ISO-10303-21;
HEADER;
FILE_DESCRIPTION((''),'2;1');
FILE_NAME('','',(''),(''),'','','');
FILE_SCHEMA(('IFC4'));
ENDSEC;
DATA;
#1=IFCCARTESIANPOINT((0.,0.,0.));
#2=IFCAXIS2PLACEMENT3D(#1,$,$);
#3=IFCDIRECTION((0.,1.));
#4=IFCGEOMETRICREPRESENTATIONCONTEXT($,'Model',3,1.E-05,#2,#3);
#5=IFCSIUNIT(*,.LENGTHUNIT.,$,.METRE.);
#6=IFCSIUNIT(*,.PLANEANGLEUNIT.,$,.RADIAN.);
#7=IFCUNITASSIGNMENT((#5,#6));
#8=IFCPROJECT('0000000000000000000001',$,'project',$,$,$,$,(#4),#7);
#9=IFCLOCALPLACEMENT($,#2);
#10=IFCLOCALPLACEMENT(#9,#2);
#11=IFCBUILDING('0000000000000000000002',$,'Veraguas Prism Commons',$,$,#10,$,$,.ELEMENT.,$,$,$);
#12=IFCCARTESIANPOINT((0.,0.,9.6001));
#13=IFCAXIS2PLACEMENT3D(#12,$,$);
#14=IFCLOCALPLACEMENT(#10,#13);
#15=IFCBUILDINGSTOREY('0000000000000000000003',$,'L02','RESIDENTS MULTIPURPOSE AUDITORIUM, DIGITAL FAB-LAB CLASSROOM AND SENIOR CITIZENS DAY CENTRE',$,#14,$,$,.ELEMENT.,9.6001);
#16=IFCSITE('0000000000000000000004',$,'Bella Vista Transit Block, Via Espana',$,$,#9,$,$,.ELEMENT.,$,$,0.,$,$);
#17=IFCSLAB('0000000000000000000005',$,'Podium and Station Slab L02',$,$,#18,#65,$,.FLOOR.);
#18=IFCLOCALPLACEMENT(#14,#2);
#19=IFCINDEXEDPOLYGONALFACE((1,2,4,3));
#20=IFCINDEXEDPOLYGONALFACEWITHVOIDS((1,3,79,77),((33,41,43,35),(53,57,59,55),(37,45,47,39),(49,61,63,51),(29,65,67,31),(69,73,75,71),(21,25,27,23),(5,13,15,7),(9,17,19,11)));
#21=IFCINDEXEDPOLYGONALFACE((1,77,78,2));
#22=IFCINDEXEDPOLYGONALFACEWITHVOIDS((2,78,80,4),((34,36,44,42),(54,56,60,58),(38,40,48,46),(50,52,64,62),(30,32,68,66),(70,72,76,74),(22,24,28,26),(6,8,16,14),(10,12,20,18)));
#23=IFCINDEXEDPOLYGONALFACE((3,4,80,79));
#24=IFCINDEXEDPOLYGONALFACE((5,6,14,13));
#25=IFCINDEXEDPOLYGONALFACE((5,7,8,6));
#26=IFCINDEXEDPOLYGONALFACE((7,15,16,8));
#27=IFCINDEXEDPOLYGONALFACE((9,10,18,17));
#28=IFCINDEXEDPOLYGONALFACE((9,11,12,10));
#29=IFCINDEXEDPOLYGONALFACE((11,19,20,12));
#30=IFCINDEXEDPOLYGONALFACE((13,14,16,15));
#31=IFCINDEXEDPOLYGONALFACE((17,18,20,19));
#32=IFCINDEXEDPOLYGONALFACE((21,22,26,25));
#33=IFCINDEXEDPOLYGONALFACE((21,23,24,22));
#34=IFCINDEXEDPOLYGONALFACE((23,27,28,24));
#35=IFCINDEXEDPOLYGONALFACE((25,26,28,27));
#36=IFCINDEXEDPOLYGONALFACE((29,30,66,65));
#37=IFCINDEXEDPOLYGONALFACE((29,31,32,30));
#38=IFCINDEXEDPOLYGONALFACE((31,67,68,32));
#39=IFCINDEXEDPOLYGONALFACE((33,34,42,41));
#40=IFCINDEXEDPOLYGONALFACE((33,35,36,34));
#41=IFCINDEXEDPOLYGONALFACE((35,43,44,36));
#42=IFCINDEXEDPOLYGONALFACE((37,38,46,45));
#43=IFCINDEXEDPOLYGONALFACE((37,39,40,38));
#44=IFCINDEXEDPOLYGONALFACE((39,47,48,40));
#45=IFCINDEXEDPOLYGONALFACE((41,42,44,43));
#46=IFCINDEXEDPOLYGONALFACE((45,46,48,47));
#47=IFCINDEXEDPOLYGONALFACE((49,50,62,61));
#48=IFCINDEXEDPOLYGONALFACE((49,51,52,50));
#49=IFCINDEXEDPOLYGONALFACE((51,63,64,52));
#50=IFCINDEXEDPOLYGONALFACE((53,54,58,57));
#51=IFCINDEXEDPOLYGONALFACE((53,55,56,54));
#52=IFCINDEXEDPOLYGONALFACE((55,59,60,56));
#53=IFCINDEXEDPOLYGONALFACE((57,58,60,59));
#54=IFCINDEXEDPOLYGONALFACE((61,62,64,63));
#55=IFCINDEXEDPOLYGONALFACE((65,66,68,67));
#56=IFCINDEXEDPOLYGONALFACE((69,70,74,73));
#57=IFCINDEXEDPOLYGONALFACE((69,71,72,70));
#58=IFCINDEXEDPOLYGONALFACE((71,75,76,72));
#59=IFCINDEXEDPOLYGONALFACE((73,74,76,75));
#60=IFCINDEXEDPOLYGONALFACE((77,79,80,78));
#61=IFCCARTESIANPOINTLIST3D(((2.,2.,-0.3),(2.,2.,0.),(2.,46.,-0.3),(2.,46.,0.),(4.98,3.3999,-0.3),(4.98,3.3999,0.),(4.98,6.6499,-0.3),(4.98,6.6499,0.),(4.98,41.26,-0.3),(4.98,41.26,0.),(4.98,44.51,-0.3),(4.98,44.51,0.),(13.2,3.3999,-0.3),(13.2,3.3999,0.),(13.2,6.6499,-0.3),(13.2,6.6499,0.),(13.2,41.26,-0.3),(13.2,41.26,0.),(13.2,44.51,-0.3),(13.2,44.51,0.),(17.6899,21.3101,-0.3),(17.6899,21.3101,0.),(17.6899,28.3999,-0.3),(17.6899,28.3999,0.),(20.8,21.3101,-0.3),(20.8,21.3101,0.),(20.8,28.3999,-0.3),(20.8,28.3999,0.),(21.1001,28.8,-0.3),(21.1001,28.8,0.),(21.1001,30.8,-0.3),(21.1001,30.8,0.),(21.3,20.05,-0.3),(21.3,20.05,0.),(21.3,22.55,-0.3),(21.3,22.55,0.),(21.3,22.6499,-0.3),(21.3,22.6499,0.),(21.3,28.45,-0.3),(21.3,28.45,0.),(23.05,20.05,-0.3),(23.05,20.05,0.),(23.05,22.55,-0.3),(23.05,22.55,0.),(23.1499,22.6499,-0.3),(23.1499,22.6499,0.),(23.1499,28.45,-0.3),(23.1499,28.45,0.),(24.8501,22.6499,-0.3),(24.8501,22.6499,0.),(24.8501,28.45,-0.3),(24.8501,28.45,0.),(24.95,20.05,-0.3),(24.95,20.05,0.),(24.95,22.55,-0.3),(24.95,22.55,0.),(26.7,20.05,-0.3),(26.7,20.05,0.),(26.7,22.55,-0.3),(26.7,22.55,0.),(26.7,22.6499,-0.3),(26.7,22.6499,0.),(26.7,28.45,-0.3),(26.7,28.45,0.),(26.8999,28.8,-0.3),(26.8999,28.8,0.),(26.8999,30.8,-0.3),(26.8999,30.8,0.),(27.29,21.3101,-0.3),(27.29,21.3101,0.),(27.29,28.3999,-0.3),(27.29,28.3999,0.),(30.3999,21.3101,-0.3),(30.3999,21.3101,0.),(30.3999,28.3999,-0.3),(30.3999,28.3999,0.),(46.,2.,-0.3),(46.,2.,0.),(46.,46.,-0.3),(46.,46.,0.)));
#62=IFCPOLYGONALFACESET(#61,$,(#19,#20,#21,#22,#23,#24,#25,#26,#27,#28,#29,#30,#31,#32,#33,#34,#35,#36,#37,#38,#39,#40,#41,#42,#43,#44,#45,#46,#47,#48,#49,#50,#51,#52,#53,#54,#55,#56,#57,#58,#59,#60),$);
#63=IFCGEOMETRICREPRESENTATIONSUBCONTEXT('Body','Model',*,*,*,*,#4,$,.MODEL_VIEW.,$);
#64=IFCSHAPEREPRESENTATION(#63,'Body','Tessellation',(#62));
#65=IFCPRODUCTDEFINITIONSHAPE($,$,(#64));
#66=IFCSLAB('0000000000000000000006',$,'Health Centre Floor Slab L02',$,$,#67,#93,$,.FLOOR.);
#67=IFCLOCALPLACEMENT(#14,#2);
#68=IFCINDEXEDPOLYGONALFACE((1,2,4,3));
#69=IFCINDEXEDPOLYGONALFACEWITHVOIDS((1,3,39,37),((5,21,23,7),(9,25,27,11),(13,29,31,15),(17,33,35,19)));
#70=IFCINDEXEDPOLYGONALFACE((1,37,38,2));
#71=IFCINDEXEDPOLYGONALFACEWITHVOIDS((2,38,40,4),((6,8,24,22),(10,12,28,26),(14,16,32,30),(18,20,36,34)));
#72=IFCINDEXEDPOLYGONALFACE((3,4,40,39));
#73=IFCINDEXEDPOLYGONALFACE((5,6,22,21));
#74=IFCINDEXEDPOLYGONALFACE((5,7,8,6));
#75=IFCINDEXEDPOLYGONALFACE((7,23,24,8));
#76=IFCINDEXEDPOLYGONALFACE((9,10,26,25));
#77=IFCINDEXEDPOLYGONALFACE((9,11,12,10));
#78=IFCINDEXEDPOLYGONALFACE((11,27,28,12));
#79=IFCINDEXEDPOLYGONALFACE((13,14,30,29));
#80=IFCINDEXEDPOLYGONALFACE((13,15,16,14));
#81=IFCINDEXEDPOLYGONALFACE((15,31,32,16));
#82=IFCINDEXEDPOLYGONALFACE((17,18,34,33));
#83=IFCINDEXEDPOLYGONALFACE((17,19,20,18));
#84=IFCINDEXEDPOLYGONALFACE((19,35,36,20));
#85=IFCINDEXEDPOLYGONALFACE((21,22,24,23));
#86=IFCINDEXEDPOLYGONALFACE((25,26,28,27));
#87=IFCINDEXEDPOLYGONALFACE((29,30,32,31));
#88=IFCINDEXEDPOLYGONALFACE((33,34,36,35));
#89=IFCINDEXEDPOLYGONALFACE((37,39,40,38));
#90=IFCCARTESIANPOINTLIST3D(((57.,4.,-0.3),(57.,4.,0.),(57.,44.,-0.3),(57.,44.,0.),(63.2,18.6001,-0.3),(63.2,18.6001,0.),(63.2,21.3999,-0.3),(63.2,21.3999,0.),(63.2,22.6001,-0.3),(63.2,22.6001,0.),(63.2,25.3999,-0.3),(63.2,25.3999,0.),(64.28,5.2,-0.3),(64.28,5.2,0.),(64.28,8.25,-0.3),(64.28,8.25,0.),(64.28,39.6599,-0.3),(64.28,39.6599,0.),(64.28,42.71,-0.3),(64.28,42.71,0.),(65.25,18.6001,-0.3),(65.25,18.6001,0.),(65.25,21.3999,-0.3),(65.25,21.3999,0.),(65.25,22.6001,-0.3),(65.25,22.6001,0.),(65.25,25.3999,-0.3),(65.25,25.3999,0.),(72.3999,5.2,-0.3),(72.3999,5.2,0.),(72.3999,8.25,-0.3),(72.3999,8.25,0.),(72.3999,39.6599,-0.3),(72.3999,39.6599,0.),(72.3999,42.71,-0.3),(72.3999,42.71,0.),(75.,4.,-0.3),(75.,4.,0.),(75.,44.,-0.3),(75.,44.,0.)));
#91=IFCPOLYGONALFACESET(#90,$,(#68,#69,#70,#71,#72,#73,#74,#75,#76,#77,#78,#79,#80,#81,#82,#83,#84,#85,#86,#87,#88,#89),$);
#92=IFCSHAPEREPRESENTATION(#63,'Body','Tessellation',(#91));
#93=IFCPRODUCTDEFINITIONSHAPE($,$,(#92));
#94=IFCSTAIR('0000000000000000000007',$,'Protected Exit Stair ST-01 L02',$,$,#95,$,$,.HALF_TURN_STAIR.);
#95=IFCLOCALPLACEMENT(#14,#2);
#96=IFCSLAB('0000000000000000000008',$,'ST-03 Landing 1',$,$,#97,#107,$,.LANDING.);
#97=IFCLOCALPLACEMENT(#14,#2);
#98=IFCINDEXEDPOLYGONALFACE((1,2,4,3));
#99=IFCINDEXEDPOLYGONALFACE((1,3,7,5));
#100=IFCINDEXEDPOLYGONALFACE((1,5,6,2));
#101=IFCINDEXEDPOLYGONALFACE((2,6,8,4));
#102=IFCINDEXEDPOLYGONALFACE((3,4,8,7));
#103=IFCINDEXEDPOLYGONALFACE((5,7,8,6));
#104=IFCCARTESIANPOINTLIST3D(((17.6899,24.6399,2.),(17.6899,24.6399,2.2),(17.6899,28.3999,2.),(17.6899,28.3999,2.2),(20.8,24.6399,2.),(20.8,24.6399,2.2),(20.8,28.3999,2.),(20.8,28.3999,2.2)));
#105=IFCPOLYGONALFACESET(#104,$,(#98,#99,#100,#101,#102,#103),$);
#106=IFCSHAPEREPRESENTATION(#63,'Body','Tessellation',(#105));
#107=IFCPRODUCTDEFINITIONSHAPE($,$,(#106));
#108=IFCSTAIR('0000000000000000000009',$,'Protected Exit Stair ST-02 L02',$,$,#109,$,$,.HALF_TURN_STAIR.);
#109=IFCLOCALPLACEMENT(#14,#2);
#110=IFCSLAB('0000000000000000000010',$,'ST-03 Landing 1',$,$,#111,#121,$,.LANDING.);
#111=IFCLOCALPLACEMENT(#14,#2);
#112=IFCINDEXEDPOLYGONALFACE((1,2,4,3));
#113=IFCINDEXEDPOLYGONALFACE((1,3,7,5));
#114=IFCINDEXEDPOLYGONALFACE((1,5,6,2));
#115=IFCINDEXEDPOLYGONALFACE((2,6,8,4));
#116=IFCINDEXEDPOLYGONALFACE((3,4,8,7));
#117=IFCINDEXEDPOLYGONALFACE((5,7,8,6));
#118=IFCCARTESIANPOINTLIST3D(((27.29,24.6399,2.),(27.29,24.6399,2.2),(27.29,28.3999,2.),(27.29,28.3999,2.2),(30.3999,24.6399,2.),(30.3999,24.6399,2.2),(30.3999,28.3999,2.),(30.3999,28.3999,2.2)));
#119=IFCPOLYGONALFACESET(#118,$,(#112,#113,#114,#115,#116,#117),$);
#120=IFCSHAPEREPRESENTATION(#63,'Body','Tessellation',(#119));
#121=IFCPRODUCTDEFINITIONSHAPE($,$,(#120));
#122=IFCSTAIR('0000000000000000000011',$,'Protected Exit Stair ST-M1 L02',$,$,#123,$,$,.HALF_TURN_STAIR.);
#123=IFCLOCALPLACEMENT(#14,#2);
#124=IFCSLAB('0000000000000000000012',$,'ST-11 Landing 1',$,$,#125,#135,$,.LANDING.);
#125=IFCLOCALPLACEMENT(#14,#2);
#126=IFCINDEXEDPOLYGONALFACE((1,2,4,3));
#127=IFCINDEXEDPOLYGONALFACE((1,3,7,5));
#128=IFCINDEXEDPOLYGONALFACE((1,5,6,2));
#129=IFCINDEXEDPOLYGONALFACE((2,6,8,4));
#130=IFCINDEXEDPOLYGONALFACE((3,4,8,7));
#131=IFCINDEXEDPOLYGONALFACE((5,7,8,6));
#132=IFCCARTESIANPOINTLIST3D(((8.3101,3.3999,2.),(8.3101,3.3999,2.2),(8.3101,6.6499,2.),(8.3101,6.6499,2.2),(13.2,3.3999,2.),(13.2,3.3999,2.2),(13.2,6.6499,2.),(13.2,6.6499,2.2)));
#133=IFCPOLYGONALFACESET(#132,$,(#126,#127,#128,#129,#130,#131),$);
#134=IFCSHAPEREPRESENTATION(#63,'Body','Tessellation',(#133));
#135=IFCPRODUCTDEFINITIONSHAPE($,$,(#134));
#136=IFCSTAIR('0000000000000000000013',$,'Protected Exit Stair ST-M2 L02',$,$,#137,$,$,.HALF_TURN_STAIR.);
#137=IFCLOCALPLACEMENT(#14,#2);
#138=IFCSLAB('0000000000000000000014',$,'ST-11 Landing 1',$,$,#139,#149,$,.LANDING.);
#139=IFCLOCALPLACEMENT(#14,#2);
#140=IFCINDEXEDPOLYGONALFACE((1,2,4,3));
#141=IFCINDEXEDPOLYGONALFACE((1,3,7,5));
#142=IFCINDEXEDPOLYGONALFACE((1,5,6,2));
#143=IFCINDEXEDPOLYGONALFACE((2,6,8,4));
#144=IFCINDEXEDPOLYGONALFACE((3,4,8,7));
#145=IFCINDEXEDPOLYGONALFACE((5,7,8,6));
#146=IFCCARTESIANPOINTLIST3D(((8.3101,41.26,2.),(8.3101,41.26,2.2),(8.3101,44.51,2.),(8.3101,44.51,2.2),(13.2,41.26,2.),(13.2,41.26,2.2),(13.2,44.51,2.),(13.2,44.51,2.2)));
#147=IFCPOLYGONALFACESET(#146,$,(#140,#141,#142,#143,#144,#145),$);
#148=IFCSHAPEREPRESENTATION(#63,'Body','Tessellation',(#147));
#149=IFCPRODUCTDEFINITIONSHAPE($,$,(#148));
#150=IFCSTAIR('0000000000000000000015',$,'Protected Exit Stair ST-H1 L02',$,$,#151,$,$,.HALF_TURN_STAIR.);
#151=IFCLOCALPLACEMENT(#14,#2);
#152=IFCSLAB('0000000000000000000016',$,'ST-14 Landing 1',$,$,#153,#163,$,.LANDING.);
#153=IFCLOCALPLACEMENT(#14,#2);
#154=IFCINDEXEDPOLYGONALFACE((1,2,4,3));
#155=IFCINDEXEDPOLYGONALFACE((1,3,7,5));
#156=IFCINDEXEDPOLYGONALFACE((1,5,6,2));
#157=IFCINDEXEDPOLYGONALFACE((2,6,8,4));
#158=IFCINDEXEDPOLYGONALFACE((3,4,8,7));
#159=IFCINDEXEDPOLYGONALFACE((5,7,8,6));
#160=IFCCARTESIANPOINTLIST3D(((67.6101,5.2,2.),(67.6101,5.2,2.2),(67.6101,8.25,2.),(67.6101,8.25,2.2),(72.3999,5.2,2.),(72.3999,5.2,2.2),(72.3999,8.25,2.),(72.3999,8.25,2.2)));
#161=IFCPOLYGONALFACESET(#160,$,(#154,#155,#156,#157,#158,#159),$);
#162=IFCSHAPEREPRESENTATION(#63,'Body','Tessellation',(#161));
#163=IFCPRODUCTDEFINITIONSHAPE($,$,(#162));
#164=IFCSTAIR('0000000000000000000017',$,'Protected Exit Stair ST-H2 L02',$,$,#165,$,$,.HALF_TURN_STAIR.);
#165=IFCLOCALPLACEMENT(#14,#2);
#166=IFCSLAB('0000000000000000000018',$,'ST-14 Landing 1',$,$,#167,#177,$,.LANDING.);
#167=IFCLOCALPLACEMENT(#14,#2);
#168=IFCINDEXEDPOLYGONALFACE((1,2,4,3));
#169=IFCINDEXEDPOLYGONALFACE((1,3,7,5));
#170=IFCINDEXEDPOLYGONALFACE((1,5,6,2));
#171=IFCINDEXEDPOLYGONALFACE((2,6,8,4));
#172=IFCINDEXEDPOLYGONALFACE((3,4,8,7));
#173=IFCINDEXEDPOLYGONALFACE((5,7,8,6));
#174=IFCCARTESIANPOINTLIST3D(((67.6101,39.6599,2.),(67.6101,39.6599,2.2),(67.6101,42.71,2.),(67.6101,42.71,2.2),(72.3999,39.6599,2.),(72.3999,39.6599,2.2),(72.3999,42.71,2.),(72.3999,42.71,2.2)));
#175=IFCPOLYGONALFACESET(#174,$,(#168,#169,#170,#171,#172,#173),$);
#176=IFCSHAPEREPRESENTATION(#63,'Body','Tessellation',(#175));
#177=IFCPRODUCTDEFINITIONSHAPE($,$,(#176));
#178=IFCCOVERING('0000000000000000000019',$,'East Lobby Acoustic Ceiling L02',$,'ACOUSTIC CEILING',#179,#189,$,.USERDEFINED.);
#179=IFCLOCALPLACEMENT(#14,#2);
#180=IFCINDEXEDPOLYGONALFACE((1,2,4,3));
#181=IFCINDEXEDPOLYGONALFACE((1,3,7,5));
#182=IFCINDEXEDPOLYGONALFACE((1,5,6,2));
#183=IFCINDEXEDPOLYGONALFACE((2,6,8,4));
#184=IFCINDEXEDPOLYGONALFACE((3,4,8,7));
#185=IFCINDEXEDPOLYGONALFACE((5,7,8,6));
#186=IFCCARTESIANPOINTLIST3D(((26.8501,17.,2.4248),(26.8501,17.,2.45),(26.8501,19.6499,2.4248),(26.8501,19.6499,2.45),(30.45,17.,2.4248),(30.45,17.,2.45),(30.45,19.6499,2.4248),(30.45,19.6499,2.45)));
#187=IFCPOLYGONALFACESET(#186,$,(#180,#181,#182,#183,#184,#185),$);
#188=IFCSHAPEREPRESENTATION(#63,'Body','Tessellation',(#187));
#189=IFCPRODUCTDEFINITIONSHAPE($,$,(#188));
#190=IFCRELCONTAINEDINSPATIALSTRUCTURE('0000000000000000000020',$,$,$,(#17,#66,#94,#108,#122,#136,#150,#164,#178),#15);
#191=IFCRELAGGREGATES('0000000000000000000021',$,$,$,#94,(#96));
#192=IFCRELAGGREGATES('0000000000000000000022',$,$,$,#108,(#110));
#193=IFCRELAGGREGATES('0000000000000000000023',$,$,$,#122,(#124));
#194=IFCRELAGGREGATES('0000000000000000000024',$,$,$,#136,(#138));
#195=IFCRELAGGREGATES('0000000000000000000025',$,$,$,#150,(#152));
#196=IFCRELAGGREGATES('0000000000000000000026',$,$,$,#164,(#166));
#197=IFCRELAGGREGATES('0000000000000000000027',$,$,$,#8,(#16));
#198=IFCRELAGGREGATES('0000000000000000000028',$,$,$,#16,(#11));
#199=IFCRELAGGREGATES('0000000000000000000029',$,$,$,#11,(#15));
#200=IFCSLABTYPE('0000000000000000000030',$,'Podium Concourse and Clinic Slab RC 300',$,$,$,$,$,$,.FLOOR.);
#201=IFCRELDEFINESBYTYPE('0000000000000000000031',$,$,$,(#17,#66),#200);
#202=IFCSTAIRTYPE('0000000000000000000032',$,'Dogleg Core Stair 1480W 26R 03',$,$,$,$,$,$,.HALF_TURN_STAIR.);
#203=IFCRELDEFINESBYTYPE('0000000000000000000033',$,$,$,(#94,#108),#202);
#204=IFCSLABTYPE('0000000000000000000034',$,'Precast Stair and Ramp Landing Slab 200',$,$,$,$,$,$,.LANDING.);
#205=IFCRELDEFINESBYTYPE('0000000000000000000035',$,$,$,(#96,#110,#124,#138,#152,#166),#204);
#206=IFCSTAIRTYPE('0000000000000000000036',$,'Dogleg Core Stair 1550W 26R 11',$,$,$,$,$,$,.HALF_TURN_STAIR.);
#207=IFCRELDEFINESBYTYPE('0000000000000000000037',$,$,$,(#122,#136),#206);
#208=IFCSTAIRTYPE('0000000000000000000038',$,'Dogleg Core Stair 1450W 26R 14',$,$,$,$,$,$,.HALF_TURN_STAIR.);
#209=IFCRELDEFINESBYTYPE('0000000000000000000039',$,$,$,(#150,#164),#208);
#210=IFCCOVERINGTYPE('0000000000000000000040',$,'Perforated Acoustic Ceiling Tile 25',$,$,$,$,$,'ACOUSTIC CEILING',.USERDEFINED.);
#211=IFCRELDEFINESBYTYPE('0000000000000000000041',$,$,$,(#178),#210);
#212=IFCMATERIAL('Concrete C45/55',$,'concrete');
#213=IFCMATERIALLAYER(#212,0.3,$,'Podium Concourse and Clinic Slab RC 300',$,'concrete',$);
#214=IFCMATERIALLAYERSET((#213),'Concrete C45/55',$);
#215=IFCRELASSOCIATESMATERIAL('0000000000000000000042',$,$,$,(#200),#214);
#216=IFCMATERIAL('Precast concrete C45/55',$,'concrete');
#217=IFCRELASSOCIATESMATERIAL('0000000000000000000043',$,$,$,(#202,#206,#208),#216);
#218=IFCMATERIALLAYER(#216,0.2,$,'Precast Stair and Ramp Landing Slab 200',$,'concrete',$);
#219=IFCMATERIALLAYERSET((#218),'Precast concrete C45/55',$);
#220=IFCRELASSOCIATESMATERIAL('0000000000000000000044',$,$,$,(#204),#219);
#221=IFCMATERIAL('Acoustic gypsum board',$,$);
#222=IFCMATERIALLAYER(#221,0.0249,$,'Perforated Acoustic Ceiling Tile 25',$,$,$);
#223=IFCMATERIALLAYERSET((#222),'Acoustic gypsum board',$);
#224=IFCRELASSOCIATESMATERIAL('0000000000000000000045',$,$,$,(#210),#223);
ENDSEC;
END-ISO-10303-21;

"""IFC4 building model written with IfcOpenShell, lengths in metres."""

from ifc_helpers import new_model, si_unit, direction, frame, origin, place, context, subcontext, project, spatial, polyline, outline, extrude, material, layer, layer_set, type_object, element, aggregate, save


model = new_model("IFC4")

# Units and contexts
model_context = context("Model", 3, precision=1e-05, world=origin(), true_north=direction((0.0, 1.0)))
body_context = subcontext(model_context, "Body", "Model", "MODEL_VIEW")
ifc_project = project(units=[si_unit("LENGTHUNIT", "METRE"), si_unit("PLANEANGLEUNIT", "RADIAN")], contexts=[model_context])

# Site, building, storey
site_placement = place(None, origin())
site = spatial("IfcSite", under=ifc_project, at=site_placement, Name="Bella Vista Transit Block, Via Espana", CompositionType="ELEMENT", RefElevation=0.0)
building_placement = place(site_placement, origin())
building = spatial("IfcBuilding", under=site, at=building_placement, Name="Veraguas Prism Commons", CompositionType="ELEMENT")
storey_placement = place(building_placement, frame((0.0, 0.0, 9.6001)))
storey = spatial("IfcBuildingStorey", under=building, at=storey_placement, Name="L02", Description="RESIDENTS MULTIPURPOSE AUDITORIUM, DIGITAL FAB-LAB CLASSROOM AND SENIOR CITIZENS DAY CENTRE", CompositionType="ELEMENT", Elevation=9.6001)

# Slabs
ifc_material_1 = material(Name="Concrete C45/55", Category="concrete")
ifc_layer_1 = layer(ifc_material_1, 0.3, Name="Podium Concourse and Clinic Slab RC 300", Category="concrete")
ifc_layer_set_1 = layer_set([ifc_layer_1], Name="Concrete C45/55")
slab_type_1 = type_object("IfcSlabType", Name="Podium Concourse and Clinic Slab RC 300", PredefinedType="FLOOR", material=ifc_layer_set_1)
slab_1_placement = place(storey_placement, frame((0.0, 0.0, -0.3)))
element("IfcSlab", 1, at=slab_1_placement, inside=storey, type_object=slab_type_1, Name="Podium and Station Slab L02", PredefinedType="FLOOR", context=body_context, shape_type="SweptSolid", body=[
    extrude(outline(polyline([(2.0, 2.0), (46.0, 2.0), (46.0, 46.0), (2.0, 46.0), (2.0, 2.0)]), holes=[polyline([(20.8, 21.3101), (20.8, 28.3999), (17.6899, 28.3999), (17.6899, 21.3101), (20.8, 21.3101)]), polyline([(30.3999, 21.3101), (30.3999, 28.3999), (27.29, 28.3999), (27.29, 21.3101), (30.3999, 21.3101)]), polyline([(4.98, 3.3999), (13.2, 3.3999), (13.2, 6.6499), (4.98, 6.6499), (4.98, 3.3999)]), polyline([(4.98, 41.26), (13.2, 41.26), (13.2, 44.51), (4.98, 44.51), (4.98, 41.26)]), polyline([(21.3, 22.6499), (23.1499, 22.6499), (23.1499, 28.45), (21.3, 28.45), (21.3, 22.6499)]), polyline([(24.8501, 22.6499), (26.7, 22.6499), (26.7, 28.45), (24.8501, 28.45), (24.8501, 22.6499)]), polyline([(21.1001, 28.8), (26.8999, 28.8), (26.8999, 30.8), (21.1001, 30.8), (21.1001, 28.8)]), polyline([(21.3, 20.05), (23.05, 20.05), (23.05, 22.55), (21.3, 22.55), (21.3, 20.05)]), polyline([(24.95, 20.05), (26.7, 20.05), (26.7, 22.55), (24.95, 22.55), (24.95, 20.05)])]), origin(), (0.0, 0.0, 1.0), 0.3),
])
slab_2_placement = place(storey_placement, frame((0.0, 0.0, -0.3)))
element("IfcSlab", 2, at=slab_2_placement, inside=storey, type_object=slab_type_1, Name="Health Centre Floor Slab L02", PredefinedType="FLOOR", context=body_context, shape_type="SweptSolid", body=[
    extrude(outline(polyline([(57.0, 4.0), (75.0, 4.0), (75.0, 44.0), (57.0, 44.0), (57.0, 4.0)]), holes=[polyline([(64.28, 5.2), (72.3999, 5.2), (72.3999, 8.25), (64.28, 8.25), (64.28, 5.2)]), polyline([(64.28, 39.6599), (72.3999, 39.6599), (72.3999, 42.71), (64.28, 42.71), (64.28, 39.6599)]), polyline([(63.2, 18.6001), (65.25, 18.6001), (65.25, 21.3999), (63.2, 21.3999), (63.2, 18.6001)]), polyline([(63.2, 22.6001), (65.25, 22.6001), (65.25, 25.3999), (63.2, 25.3999), (63.2, 22.6001)])]), origin(), (0.0, 0.0, 1.0), 0.3),
])

# Stairs, slabs
ifc_material_2 = material(Name="Precast concrete C45/55", Category="concrete")
stair_type_1 = type_object("IfcStairType", Name="Dogleg Core Stair 1480W 26R 03", PredefinedType="HALF_TURN_STAIR", material=ifc_material_2)
stair_1_placement = place(storey_placement, origin())
stair_1 = element("IfcStair", 3, at=stair_1_placement, inside=storey, type_object=stair_type_1, Name="Protected Exit Stair ST-01 L02", PredefinedType="HALF_TURN_STAIR")
ifc_layer_2 = layer(ifc_material_2, 0.2, Name="Precast Stair and Ramp Landing Slab 200", Category="concrete")
ifc_layer_set_2 = layer_set([ifc_layer_2], Name="Precast concrete C45/55")
slab_type_2 = type_object("IfcSlabType", Name="Precast Stair and Ramp Landing Slab 200", PredefinedType="LANDING", material=ifc_layer_set_2)
slab_3_placement = place(storey_placement, frame((0.0, 0.0, 2.0)))
slab_3 = element("IfcSlab", 4, at=slab_3_placement, type_object=slab_type_2, Name="ST-03 Landing 1", PredefinedType="LANDING", context=body_context, shape_type="SweptSolid", body=[
    extrude(outline(polyline([(20.8, 24.6399), (20.8, 28.3999), (17.6899, 28.3999), (17.6899, 24.6399), (20.8, 24.6399)])), origin(), (0.0, 0.0, 1.0), 0.2),
])
aggregate(stair_1, [slab_3])
stair_2_placement = place(storey_placement, origin())
stair_2 = element("IfcStair", 5, at=stair_2_placement, inside=storey, type_object=stair_type_1, Name="Protected Exit Stair ST-02 L02", PredefinedType="HALF_TURN_STAIR")
slab_4_placement = place(storey_placement, frame((0.0, 0.0, 2.0)))
slab_4 = element("IfcSlab", 6, at=slab_4_placement, type_object=slab_type_2, Name="ST-03 Landing 1", PredefinedType="LANDING", context=body_context, shape_type="SweptSolid", body=[
    extrude(outline(polyline([(30.3999, 24.6399), (30.3999, 28.3999), (27.29, 28.3999), (27.29, 24.6399), (30.3999, 24.6399)])), origin(), (0.0, 0.0, 1.0), 0.2),
])
aggregate(stair_2, [slab_4])
stair_type_2 = type_object("IfcStairType", Name="Dogleg Core Stair 1550W 26R 11", PredefinedType="HALF_TURN_STAIR", material=ifc_material_2)
stair_3_placement = place(storey_placement, origin())
stair_3 = element("IfcStair", 7, at=stair_3_placement, inside=storey, type_object=stair_type_2, Name="Protected Exit Stair ST-M1 L02", PredefinedType="HALF_TURN_STAIR")
slab_5_placement = place(storey_placement, frame((0.0, 0.0, 2.0)))
slab_5 = element("IfcSlab", 8, at=slab_5_placement, type_object=slab_type_2, Name="ST-11 Landing 1", PredefinedType="LANDING", context=body_context, shape_type="SweptSolid", body=[
    extrude(outline(polyline([(8.3101, 3.3999), (13.2, 3.3999), (13.2, 6.6499), (8.3101, 6.6499), (8.3101, 3.3999)])), origin(), (0.0, 0.0, 1.0), 0.2),
])
aggregate(stair_3, [slab_5])
stair_4_placement = place(storey_placement, origin())
stair_4 = element("IfcStair", 9, at=stair_4_placement, inside=storey, type_object=stair_type_2, Name="Protected Exit Stair ST-M2 L02", PredefinedType="HALF_TURN_STAIR")
slab_6_placement = place(storey_placement, frame((0.0, 0.0, 2.0)))
slab_6 = element("IfcSlab", 10, at=slab_6_placement, type_object=slab_type_2, Name="ST-11 Landing 1", PredefinedType="LANDING", context=body_context, shape_type="SweptSolid", body=[
    extrude(outline(polyline([(8.3101, 41.26), (13.2, 41.26), (13.2, 44.51), (8.3101, 44.51), (8.3101, 41.26)])), origin(), (0.0, 0.0, 1.0), 0.2),
])
aggregate(stair_4, [slab_6])
stair_type_3 = type_object("IfcStairType", Name="Dogleg Core Stair 1450W 26R 14", PredefinedType="HALF_TURN_STAIR", material=ifc_material_2)
stair_5_placement = place(storey_placement, origin())
stair_5 = element("IfcStair", 11, at=stair_5_placement, inside=storey, type_object=stair_type_3, Name="Protected Exit Stair ST-H1 L02", PredefinedType="HALF_TURN_STAIR")
slab_7_placement = place(storey_placement, frame((0.0, 0.0, 2.0)))
slab_7 = element("IfcSlab", 12, at=slab_7_placement, type_object=slab_type_2, Name="ST-14 Landing 1", PredefinedType="LANDING", context=body_context, shape_type="SweptSolid", body=[
    extrude(outline(polyline([(67.6101, 5.2), (72.3999, 5.2), (72.3999, 8.25), (67.6101, 8.25), (67.6101, 5.2)])), origin(), (0.0, 0.0, 1.0), 0.2),
])
aggregate(stair_5, [slab_7])
stair_6_placement = place(storey_placement, origin())
stair_6 = element("IfcStair", 13, at=stair_6_placement, inside=storey, type_object=stair_type_3, Name="Protected Exit Stair ST-H2 L02", PredefinedType="HALF_TURN_STAIR")
slab_8_placement = place(storey_placement, frame((0.0, 0.0, 2.0)))
slab_8 = element("IfcSlab", 14, at=slab_8_placement, type_object=slab_type_2, Name="ST-14 Landing 1", PredefinedType="LANDING", context=body_context, shape_type="SweptSolid", body=[
    extrude(outline(polyline([(67.6101, 39.6599), (72.3999, 39.6599), (72.3999, 42.71), (67.6101, 42.71), (67.6101, 39.6599)])), origin(), (0.0, 0.0, 1.0), 0.2),
])
aggregate(stair_6, [slab_8])

# Covering
ifc_material_3 = material(Name="Acoustic gypsum board")
ifc_layer_3 = layer(ifc_material_3, 0.0249, Name="Perforated Acoustic Ceiling Tile 25")
ifc_layer_set_3 = layer_set([ifc_layer_3], Name="Acoustic gypsum board")
covering_type_1 = type_object("IfcCoveringType", Name="Perforated Acoustic Ceiling Tile 25", ElementType="ACOUSTIC CEILING", PredefinedType="USERDEFINED", material=ifc_layer_set_3)
covering_1_placement = place(storey_placement, frame((0.0, 0.0, 2.4248)))
element("IfcCovering", 15, at=covering_1_placement, inside=storey, type_object=covering_type_1, Name="East Lobby Acoustic Ceiling L02", ObjectType="ACOUSTIC CEILING", PredefinedType="USERDEFINED", context=body_context, shape_type="SweptSolid", body=[
    extrude(outline(polyline([(26.8501, 17.0), (30.45, 17.0), (30.45, 19.6499), (26.8501, 19.6499), (26.8501, 17.0)])), origin(), (0.0, 0.0, 1.0), 0.0251),
])

save(model, "model.ifc")
